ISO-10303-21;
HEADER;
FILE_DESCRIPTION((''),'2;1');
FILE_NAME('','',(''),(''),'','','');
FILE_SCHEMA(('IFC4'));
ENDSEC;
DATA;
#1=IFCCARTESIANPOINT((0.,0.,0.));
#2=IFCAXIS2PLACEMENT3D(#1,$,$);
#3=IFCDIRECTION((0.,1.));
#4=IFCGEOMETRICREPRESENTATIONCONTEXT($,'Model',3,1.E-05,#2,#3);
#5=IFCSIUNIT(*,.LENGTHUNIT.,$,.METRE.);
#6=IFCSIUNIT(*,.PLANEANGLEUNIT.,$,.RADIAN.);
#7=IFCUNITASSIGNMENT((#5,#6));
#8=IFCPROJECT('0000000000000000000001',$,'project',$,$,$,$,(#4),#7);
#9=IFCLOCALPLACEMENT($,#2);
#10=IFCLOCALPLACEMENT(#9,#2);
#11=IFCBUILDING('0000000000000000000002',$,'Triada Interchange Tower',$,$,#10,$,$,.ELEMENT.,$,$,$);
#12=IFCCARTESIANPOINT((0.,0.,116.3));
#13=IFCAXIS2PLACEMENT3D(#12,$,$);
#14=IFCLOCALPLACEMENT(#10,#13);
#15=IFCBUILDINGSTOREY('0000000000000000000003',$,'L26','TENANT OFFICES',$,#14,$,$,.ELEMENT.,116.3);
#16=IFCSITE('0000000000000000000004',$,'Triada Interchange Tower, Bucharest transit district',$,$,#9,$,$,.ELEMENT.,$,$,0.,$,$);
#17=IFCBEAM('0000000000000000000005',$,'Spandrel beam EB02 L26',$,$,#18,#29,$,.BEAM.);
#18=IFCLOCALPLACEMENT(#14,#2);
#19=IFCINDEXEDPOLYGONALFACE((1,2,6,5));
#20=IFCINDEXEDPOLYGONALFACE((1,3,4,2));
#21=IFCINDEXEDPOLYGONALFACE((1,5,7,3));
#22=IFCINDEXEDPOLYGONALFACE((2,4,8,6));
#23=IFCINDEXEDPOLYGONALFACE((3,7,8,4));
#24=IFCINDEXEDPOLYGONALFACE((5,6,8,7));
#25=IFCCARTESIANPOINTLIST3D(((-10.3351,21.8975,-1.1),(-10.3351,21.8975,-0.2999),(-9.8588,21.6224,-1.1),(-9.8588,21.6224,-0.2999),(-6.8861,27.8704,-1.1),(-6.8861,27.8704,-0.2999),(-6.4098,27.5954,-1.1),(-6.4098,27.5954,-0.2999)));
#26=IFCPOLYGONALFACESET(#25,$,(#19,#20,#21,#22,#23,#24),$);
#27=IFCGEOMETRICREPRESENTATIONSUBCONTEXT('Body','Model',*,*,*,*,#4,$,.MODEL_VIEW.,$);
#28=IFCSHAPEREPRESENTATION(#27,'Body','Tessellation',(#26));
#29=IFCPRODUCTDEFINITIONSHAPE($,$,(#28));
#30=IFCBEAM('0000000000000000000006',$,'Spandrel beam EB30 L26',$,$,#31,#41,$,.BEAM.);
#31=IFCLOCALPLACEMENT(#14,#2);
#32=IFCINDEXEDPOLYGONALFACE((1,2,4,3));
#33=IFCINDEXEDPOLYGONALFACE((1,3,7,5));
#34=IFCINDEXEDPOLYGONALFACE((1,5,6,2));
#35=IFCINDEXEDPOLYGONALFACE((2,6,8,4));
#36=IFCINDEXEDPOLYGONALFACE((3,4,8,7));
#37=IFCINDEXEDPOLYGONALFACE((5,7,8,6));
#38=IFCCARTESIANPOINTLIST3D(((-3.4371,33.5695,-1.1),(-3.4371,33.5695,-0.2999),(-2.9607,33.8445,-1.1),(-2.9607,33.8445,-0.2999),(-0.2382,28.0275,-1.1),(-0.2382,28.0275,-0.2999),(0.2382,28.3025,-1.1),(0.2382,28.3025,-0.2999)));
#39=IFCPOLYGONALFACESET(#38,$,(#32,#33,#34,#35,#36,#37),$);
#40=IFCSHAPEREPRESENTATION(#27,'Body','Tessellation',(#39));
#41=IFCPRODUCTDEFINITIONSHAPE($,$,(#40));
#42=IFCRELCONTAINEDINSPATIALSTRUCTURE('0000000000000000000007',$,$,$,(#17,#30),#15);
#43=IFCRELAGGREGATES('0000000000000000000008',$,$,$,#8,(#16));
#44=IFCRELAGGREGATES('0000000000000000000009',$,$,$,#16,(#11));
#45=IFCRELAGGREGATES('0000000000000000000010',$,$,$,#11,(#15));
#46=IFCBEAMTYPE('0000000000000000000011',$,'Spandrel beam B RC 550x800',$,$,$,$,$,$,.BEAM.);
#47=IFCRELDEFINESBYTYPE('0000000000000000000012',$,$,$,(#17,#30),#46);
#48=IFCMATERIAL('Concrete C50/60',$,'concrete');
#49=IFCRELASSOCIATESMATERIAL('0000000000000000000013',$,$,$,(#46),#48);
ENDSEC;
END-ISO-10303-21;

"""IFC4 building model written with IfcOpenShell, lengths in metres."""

from ifc_helpers import new_model, si_unit, direction, frame, origin, origin_2d, place, context, subcontext, project, spatial, rectangle, extrude, material, material_profile, profile_set, type_object, element, save


model = new_model("IFC4")

# Units and contexts
model_context = context("Model", 3, precision=1e-05, world=origin(), true_north=direction((0.0, 1.0)))
body_context = subcontext(model_context, "Body", "Model", "MODEL_VIEW")
ifc_project = project(units=[si_unit("LENGTHUNIT", "METRE"), si_unit("PLANEANGLEUNIT", "RADIAN")], contexts=[model_context])

# Site, building, storey
site_placement = place(None, origin())
site = spatial("IfcSite", under=ifc_project, at=site_placement, Name="Triada Interchange Tower, Bucharest transit district", CompositionType="ELEMENT", RefElevation=0.0)
building_placement = place(site_placement, origin())
building = spatial("IfcBuilding", under=site, at=building_placement, Name="Triada Interchange Tower", CompositionType="ELEMENT")
storey_placement = place(building_placement, frame((0.0, 0.0, 116.3)))
storey = spatial("IfcBuildingStorey", under=building, at=storey_placement, Name="L26", Description="TENANT OFFICES", CompositionType="ELEMENT", Elevation=116.3)

# Beams
ifc_material_1 = material(Name="Concrete C50/60", Category="concrete")
ifc_material_profile_1 = material_profile(ifc_material_1, rectangle(XDim=0.55, YDim=0.8, at=origin_2d()), Name="RC 550x800")
ifc_profile_set_1 = profile_set([ifc_material_profile_1], Name="Concrete C50/60")
beam_type_1 = type_object("IfcBeamType", Name="Spandrel beam B RC 550x800", PredefinedType="BEAM", material=ifc_profile_set_1)
beam_1_placement = place(storey_placement, frame((-6.6479, 27.7329, -0.7), z_axis=(-0.500056, -0.865993, 0.0), x_axis=(0.865993, -0.500056, 0.0)))
element("IfcBeam", 1, at=beam_1_placement, inside=storey, type_object=beam_type_1, Name="Spandrel beam EB02 L26", PredefinedType="BEAM", context=body_context, shape_type="SweptSolid", body=[
    extrude(rectangle(XDim=0.55, YDim=0.8, at=origin_2d()), origin(), (0.0, 0.0, 1.0), 6.8972),
])
beam_2_placement = place(storey_placement, frame((0.0, 28.165, -0.7), z_axis=(-0.499918, 0.866073, 0.0), x_axis=(-0.866073, -0.499918, 0.0)))
element("IfcBeam", 2, at=beam_2_placement, inside=storey, type_object=beam_type_1, Name="Spandrel beam EB30 L26", PredefinedType="BEAM", context=body_context, shape_type="SweptSolid", body=[
    extrude(rectangle(XDim=0.55, YDim=0.8, at=origin_2d()), origin(), (0.0, 0.0, 1.0), 6.3989),
])

save(model, "model.ifc")
